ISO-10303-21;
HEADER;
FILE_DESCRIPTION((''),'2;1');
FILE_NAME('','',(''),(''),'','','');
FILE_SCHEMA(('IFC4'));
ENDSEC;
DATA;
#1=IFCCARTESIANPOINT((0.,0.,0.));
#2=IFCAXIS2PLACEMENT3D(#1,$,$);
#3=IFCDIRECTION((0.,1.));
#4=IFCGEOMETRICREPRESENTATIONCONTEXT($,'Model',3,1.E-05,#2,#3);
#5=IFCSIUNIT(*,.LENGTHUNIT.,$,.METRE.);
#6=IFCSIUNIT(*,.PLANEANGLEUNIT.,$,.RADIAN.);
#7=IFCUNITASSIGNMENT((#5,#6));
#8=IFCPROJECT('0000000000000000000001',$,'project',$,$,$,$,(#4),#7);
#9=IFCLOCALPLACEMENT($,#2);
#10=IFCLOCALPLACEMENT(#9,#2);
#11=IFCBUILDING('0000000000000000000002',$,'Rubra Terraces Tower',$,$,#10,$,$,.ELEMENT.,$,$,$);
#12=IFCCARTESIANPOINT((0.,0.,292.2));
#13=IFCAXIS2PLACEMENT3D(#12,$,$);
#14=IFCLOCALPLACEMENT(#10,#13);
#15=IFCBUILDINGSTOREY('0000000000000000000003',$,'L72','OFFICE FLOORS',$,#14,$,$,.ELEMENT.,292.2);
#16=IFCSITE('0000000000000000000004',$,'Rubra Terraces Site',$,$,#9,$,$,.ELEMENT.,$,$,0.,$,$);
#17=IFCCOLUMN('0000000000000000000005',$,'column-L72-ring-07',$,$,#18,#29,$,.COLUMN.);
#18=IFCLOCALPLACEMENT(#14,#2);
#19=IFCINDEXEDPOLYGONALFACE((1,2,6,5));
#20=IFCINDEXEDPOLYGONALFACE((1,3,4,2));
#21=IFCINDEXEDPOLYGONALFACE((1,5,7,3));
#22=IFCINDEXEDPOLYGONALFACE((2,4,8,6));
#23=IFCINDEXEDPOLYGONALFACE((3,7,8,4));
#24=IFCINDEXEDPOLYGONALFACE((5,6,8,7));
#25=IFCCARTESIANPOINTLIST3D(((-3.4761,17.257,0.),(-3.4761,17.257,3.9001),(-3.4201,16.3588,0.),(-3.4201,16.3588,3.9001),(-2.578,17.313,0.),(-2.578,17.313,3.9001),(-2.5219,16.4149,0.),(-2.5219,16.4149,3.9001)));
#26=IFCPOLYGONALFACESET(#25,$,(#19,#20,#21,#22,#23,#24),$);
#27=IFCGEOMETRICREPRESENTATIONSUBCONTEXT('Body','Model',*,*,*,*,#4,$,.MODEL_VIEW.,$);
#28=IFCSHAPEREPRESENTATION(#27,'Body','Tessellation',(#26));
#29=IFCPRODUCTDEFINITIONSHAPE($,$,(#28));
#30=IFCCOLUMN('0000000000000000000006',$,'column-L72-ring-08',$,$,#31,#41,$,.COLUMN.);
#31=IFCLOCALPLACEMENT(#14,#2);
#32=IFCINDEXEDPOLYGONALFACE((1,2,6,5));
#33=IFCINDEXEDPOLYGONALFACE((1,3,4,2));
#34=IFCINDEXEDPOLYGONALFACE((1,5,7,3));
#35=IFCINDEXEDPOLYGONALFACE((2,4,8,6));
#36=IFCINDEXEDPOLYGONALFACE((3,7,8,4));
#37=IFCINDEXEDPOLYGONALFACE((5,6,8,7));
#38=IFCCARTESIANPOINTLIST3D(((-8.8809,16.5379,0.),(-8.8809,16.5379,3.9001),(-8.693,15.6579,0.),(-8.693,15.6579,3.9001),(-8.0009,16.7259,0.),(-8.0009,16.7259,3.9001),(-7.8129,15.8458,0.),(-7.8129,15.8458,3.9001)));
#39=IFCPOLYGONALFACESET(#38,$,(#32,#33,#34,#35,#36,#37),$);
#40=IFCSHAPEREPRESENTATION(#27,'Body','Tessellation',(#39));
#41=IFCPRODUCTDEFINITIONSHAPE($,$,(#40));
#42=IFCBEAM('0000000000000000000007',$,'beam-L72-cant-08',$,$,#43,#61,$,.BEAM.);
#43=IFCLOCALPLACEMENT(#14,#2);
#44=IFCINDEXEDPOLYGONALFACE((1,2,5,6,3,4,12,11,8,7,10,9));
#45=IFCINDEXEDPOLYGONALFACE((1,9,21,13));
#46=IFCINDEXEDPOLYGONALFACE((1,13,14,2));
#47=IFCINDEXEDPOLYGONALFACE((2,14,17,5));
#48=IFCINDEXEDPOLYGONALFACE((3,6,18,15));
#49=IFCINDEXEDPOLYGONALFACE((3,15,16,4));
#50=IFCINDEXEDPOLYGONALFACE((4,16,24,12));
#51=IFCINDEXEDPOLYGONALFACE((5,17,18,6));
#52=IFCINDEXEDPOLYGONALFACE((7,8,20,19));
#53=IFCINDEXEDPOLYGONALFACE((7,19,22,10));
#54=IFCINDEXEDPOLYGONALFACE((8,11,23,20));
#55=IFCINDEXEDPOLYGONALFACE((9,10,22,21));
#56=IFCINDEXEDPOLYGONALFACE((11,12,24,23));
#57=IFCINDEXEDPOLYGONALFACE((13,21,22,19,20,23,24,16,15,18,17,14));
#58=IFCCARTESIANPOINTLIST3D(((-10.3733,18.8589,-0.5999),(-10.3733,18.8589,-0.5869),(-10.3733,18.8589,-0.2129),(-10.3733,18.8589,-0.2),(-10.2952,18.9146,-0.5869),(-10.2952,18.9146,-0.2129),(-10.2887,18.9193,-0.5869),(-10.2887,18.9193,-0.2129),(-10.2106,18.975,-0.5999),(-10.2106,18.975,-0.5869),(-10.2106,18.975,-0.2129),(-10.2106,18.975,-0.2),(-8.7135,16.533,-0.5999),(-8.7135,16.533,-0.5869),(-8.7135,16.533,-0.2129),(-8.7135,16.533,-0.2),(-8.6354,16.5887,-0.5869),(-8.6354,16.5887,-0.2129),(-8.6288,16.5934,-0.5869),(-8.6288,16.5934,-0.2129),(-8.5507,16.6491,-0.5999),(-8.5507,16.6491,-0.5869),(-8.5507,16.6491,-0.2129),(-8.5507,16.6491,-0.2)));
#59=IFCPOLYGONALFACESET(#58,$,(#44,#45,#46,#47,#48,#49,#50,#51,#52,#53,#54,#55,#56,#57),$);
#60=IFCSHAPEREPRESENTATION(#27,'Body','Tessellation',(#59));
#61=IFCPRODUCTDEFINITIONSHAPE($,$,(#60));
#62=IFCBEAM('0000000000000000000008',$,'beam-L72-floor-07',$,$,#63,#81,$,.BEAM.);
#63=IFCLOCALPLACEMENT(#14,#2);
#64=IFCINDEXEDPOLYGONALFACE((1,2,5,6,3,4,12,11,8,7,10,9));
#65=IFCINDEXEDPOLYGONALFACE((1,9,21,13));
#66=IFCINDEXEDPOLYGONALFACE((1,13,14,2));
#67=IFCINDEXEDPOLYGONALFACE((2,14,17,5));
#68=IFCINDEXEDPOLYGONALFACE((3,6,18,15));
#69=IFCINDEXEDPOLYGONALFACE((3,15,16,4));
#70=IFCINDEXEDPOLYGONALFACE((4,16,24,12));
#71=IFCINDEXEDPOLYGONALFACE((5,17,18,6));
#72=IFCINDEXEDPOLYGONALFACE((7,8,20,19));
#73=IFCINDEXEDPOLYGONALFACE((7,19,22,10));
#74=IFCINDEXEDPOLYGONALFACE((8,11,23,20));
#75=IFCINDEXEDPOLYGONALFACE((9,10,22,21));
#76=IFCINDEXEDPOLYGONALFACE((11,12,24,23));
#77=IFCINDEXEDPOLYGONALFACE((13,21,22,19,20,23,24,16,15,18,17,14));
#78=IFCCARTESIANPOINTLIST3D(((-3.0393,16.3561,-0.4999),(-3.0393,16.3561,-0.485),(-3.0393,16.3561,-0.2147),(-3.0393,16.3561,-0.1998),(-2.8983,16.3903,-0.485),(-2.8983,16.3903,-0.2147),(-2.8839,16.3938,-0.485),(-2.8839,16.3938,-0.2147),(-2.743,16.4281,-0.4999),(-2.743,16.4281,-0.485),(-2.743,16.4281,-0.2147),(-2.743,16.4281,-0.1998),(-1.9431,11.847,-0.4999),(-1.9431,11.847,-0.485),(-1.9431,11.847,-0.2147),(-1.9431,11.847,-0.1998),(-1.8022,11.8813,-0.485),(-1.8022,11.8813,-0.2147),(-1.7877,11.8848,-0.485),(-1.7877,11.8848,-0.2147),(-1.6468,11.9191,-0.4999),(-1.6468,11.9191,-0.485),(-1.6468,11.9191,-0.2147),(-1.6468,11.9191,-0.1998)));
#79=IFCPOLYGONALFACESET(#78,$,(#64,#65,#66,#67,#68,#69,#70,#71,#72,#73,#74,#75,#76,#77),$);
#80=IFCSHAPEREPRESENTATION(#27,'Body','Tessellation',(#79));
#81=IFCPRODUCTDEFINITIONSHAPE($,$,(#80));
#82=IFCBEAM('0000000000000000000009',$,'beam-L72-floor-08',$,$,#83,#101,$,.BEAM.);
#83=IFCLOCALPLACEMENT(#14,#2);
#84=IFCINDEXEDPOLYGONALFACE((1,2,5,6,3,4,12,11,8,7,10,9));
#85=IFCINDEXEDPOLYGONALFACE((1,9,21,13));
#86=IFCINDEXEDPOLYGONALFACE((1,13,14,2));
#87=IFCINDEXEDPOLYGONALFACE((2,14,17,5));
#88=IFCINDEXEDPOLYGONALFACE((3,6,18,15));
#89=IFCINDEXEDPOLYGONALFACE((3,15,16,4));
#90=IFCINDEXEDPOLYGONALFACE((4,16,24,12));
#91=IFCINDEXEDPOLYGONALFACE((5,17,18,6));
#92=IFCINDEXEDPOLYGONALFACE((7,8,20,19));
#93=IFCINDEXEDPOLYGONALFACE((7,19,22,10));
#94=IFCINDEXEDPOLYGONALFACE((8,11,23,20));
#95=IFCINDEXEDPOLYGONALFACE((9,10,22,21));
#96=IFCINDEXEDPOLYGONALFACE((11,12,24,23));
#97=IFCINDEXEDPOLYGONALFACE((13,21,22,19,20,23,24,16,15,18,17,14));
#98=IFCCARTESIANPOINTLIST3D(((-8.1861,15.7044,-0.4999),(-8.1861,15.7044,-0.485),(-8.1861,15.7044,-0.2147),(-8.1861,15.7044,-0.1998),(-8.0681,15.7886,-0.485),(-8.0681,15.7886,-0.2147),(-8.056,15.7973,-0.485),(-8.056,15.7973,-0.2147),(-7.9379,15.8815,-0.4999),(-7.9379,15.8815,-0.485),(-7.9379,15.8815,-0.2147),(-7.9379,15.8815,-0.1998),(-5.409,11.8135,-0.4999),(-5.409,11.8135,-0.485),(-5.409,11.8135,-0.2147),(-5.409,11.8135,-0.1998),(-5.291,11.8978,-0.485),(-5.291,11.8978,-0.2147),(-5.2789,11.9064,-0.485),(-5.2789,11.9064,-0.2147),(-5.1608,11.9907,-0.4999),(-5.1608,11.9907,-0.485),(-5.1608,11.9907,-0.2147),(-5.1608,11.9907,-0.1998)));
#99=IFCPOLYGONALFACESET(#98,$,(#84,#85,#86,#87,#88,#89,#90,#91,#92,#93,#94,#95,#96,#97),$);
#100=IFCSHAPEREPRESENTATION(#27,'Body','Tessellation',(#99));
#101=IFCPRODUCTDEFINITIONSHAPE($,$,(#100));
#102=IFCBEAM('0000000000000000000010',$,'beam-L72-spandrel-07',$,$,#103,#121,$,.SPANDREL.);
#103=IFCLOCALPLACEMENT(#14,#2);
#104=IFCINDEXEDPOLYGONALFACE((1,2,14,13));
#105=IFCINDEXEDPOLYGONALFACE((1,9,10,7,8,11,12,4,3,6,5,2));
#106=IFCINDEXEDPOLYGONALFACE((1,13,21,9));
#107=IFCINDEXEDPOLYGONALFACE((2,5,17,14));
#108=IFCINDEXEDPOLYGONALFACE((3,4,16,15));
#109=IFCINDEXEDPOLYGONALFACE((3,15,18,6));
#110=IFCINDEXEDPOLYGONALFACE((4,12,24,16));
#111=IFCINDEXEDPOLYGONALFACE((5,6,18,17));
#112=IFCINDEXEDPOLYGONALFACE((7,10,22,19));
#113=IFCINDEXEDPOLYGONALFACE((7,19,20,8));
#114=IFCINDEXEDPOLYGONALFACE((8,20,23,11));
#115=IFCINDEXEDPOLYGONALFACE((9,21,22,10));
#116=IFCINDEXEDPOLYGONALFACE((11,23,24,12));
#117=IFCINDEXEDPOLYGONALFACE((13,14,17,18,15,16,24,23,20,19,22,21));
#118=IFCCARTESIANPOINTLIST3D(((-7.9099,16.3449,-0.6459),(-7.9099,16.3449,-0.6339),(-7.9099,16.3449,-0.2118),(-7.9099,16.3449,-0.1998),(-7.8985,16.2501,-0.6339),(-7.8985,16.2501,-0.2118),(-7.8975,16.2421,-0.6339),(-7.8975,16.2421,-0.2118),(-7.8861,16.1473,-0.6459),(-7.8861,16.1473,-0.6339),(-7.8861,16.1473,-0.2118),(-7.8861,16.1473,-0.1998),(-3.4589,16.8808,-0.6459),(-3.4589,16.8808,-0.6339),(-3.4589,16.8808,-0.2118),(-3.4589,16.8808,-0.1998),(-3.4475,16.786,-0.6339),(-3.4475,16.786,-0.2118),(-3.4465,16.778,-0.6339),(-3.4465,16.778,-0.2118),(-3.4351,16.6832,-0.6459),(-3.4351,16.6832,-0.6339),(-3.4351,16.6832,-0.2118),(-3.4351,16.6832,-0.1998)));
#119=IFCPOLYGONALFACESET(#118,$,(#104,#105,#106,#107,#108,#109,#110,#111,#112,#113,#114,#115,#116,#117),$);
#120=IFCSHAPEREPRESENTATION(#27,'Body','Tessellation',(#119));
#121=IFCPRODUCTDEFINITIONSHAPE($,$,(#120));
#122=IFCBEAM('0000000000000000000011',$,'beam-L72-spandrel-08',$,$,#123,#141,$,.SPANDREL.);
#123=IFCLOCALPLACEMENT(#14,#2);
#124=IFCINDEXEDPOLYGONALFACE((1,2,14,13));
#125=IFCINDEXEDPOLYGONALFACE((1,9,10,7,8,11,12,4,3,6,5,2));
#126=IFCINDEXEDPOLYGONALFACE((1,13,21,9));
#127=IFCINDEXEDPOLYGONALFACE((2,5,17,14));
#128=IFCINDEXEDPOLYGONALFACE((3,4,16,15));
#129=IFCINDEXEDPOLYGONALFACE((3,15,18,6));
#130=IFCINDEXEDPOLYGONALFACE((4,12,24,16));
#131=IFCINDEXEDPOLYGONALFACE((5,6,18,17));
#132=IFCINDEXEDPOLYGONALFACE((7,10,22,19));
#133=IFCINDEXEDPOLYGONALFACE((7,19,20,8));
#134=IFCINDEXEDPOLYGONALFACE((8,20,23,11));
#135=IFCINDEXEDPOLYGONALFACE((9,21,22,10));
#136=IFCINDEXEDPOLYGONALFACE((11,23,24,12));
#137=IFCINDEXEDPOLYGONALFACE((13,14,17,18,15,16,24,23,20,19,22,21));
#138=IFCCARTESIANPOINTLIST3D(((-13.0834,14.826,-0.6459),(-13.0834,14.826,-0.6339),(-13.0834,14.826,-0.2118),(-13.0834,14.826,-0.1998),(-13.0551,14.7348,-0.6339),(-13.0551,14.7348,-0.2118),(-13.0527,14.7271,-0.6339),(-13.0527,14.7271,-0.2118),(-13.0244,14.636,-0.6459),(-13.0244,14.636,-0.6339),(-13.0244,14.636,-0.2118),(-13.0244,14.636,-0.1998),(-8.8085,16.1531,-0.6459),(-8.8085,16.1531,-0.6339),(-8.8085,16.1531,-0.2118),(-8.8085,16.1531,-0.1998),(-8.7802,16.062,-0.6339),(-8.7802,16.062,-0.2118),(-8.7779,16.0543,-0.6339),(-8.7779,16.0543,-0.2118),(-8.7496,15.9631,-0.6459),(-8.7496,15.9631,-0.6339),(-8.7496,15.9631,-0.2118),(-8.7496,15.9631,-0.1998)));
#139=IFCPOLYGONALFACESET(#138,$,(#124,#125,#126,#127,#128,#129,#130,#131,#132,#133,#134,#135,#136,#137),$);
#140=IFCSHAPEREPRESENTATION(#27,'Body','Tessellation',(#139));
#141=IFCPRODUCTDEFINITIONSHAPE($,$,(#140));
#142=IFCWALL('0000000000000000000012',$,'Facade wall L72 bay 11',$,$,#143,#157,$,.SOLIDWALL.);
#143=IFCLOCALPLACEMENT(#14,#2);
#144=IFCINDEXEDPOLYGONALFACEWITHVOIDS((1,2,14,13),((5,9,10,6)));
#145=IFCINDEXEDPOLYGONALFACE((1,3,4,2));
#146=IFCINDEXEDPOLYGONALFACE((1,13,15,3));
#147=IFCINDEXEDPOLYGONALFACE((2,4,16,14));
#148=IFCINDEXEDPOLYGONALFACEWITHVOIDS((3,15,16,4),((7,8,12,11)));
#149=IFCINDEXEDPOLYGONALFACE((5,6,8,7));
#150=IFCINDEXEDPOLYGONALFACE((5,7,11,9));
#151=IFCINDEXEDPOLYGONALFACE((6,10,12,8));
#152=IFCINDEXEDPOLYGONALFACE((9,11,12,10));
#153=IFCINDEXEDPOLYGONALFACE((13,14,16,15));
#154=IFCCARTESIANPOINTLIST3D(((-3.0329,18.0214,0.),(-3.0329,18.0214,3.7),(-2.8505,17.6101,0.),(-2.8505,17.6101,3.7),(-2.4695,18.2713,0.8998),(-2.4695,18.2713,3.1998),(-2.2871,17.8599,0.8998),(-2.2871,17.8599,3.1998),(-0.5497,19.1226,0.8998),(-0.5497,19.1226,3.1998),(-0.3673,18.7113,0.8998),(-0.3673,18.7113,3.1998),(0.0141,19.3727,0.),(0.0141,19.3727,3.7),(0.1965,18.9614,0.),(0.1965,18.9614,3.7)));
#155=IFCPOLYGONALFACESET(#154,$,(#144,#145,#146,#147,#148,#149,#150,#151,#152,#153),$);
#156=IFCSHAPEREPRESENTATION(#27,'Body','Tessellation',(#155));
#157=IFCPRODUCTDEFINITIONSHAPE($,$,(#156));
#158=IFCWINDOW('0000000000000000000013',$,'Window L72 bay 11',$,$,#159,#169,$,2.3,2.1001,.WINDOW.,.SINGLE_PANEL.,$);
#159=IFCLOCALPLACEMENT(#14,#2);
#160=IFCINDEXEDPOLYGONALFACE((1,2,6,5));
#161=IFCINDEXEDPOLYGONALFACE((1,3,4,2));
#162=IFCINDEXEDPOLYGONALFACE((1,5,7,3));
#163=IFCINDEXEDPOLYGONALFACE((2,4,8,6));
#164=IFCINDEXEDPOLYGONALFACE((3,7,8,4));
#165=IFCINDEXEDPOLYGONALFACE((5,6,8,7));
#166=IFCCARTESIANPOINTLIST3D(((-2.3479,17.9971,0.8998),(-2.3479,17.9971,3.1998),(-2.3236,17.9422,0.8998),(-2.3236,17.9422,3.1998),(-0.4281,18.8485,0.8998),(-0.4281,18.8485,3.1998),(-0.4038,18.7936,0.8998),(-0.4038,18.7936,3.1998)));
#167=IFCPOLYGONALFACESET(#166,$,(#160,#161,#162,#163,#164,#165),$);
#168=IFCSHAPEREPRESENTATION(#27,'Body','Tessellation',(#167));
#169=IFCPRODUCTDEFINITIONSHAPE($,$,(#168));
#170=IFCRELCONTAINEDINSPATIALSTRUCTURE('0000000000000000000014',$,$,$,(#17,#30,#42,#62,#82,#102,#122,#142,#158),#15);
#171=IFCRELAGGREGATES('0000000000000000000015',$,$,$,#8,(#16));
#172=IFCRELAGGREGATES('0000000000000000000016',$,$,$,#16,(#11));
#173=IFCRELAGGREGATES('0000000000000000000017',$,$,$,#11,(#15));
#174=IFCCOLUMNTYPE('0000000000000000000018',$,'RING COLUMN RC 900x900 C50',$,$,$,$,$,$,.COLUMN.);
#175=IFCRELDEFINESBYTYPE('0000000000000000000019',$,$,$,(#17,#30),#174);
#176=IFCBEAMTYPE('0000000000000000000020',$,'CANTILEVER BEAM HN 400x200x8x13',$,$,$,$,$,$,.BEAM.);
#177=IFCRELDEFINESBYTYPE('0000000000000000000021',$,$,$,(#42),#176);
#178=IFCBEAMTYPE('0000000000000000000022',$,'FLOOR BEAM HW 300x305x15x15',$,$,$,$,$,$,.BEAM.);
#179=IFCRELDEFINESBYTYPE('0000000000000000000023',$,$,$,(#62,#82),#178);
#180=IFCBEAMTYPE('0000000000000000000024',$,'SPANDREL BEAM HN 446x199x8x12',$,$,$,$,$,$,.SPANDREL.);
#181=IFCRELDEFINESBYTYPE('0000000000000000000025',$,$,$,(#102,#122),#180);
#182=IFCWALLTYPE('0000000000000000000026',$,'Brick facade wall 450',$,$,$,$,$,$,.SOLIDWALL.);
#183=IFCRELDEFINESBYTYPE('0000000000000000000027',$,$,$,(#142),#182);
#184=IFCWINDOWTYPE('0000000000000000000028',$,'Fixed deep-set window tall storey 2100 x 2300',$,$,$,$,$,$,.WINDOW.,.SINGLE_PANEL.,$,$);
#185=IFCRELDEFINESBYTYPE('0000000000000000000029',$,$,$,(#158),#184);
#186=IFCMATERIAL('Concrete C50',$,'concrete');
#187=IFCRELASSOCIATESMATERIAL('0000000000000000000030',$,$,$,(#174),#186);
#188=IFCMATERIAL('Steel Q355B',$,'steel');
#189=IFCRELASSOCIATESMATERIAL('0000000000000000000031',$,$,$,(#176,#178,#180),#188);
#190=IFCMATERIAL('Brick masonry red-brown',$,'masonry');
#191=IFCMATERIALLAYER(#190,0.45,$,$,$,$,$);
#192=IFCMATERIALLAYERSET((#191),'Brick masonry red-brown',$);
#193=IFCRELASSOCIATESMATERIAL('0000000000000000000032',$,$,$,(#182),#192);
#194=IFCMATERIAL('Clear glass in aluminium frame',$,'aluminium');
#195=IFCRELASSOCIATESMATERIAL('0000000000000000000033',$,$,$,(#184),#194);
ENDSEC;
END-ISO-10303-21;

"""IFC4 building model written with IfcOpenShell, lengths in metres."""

from ifc_helpers import new_model, si_unit, direction, frame, frame_2d, origin, origin_2d, place, context, subcontext, project, spatial, rectangle, i_section, extrude, material, layer, layer_set, material_profile, profile_set, type_object, element, fill, save


model = new_model("IFC4")

# Units and contexts
model_context = context("Model", 3, precision=1e-05, world=origin(), true_north=direction((0.0, 1.0)))
body_context = subcontext(model_context, "Body", "Model", "MODEL_VIEW")
ifc_project = project(units=[si_unit("LENGTHUNIT", "METRE"), si_unit("PLANEANGLEUNIT", "RADIAN")], contexts=[model_context])

# Site, building, storey
site_placement = place(None, origin())
site = spatial("IfcSite", under=ifc_project, at=site_placement, Name="Rubra Terraces Site", CompositionType="ELEMENT", RefElevation=0.0)
building_placement = place(site_placement, origin())
building = spatial("IfcBuilding", under=site, at=building_placement, Name="Rubra Terraces Tower", CompositionType="ELEMENT")
storey_placement = place(building_placement, frame((0.0, 0.0, 292.2)))
storey = spatial("IfcBuildingStorey", under=building, at=storey_placement, Name="L72", Description="OFFICE FLOORS", CompositionType="ELEMENT", Elevation=292.2)

# Columns
ifc_material_1 = material(Name="Concrete C50", Category="concrete")
ifc_material_profile_1 = material_profile(ifc_material_1, rectangle(XDim=0.8999, YDim=0.8999, at=origin_2d()), Name="RC 900x900")
ifc_profile_set_1 = profile_set([ifc_material_profile_1], Name="Concrete C50")
column_type = type_object("IfcColumnType", Name="RING COLUMN RC 900x900 C50", PredefinedType="COLUMN", material=ifc_profile_set_1)
for number, where, z_axis, x_axis, name in (
    (1, (-2.999, 16.8359, 0.0), (0.0, 0.0, 1.0), (-0.998059, -0.062268, 0.0), "column-L72-ring-07"),
    (2, (-8.3469, 16.1919, 0.0), (0.0, 0.0, 1.0), (-0.977944, -0.208867, 0.0), "column-L72-ring-08"),
):
    element("IfcColumn", number, at=place(storey_placement, frame(where, z_axis=z_axis, x_axis=x_axis)), inside=storey, type_object=column_type, Name=name, PredefinedType="COLUMN", context=body_context, shape_type="SweptSolid", body=[
        extrude(rectangle(XDim=0.8999, YDim=0.8999, at=origin_2d()), origin(), (0.0, 0.0, 1.0), 3.9001),
    ])

# Beams
ifc_material_2 = material(Name="Steel Q355B", Category="steel")
ifc_material_profile_2 = material_profile(ifc_material_2, i_section(OverallWidth=0.2, OverallDepth=0.3999, WebThickness=0.0081, FlangeThickness=0.0129, at=origin_2d()), Name="HN 400x200x8x13")
ifc_profile_set_2 = profile_set([ifc_material_profile_2], Name="Steel Q355B")
beam_type_1 = type_object("IfcBeamType", Name="CANTILEVER BEAM HN 400x200x8x13", PredefinedType="BEAM", material=ifc_profile_set_2)
beam_1_placement = place(storey_placement, frame((-8.6321, 16.5911, -0.3999), z_axis=(-0.580899, 0.813976, 0.0), x_axis=(-0.813976, -0.580899, 0.0)))
element("IfcBeam", 3, at=beam_1_placement, inside=storey, type_object=beam_type_1, Name="beam-L72-cant-08", PredefinedType="BEAM", context=body_context, shape_type="SweptSolid", body=[
    extrude(i_section(OverallWidth=0.2, OverallDepth=0.3999, WebThickness=0.0081, FlangeThickness=0.0129, at=origin_2d()), origin(), (0.0, 0.0, 1.0), 2.8574),
])
ifc_material_profile_3 = material_profile(ifc_material_2, i_section(OverallWidth=0.3049, OverallDepth=0.3, WebThickness=0.0149, FlangeThickness=0.0149, at=origin_2d()), Name="HW 300x305x15x15")
ifc_profile_set_3 = profile_set([ifc_material_profile_3], Name="Steel Q355B")
beam_type_2 = type_object("IfcBeamType", Name="FLOOR BEAM HW 300x305x15x15", PredefinedType="BEAM", material=ifc_profile_set_3)
beam_2_placement = place(storey_placement, frame((-2.8911, 16.3921, -0.3499), z_axis=(0.236229, -0.971697, 0.0), x_axis=(0.971697, 0.236229, 0.0)))
element("IfcBeam", 4, at=beam_2_placement, inside=storey, type_object=beam_type_2, Name="beam-L72-floor-07", PredefinedType="BEAM", context=body_context, shape_type="SweptSolid", body=[
    extrude(i_section(OverallWidth=0.3049, OverallDepth=0.3, WebThickness=0.0149, FlangeThickness=0.0149, at=origin_2d()), origin(), (0.0, 0.0, 1.0), 4.6404),
])
beam_3_placement = place(storey_placement, frame((-8.062, 15.793, -0.3499), z_axis=(0.580948, -0.81394, 0.0), x_axis=(0.81394, 0.580948, 0.0)))
element("IfcBeam", 5, at=beam_3_placement, inside=storey, type_object=beam_type_2, Name="beam-L72-floor-08", PredefinedType="BEAM", context=body_context, shape_type="SweptSolid", body=[
    extrude(i_section(OverallWidth=0.3049, OverallDepth=0.3, WebThickness=0.0149, FlangeThickness=0.0149, at=origin_2d()), origin(), (0.0, 0.0, 1.0), 4.7803),
])
ifc_material_profile_4 = material_profile(ifc_material_2, i_section(OverallWidth=0.199, OverallDepth=0.446, WebThickness=0.0081, FlangeThickness=0.012, at=origin_2d()), Name="HN 446x199x8x12")
ifc_profile_set_4 = profile_set([ifc_material_profile_4], Name="Steel Q355B")
beam_type_3 = type_object("IfcBeamType", Name="SPANDREL BEAM HN 446x199x8x12", PredefinedType="SPANDREL", material=ifc_profile_set_4)
beam_4_placement = place(storey_placement, frame((-3.447, 16.782, -0.4229), z_axis=(-0.99283, -0.119536, 0.0), x_axis=(0.119536, -0.99283, 0.0)))
element("IfcBeam", 6, at=beam_4_placement, inside=storey, type_object=beam_type_3, Name="beam-L72-spandrel-07", PredefinedType="SPANDREL", context=body_context, shape_type="SweptSolid", body=[
    extrude(i_section(OverallWidth=0.199, OverallDepth=0.446, WebThickness=0.0081, FlangeThickness=0.012, at=origin_2d()), origin(), (0.0, 0.0, 1.0), 4.4832),
])
beam_5_placement = place(storey_placement, frame((-8.7791, 16.0581, -0.4229), z_axis=(-0.955035, -0.296492, 0.0), x_axis=(0.296492, -0.955035, 0.0)))
element("IfcBeam", 7, at=beam_5_placement, inside=storey, type_object=beam_type_3, Name="beam-L72-spandrel-08", PredefinedType="SPANDREL", context=body_context, shape_type="SweptSolid", body=[
    extrude(i_section(OverallWidth=0.199, OverallDepth=0.446, WebThickness=0.0081, FlangeThickness=0.012, at=origin_2d()), origin(), (0.0, 0.0, 1.0), 4.4761),
])

# Wall, opening, window
ifc_material_3 = material(Name="Brick masonry red-brown", Category="masonry")
ifc_layer_1 = layer(ifc_material_3, 0.45)
ifc_layer_set_1 = layer_set([ifc_layer_1], Name="Brick masonry red-brown")
wall_type_1 = type_object("IfcWallType", Name="Brick facade wall 450", PredefinedType="SOLIDWALL", material=ifc_layer_set_1)
wall_1_placement = place(storey_placement, frame((0.1052, 19.167, 0.0), z_axis=(0.0, 0.0, 1.0), x_axis=(-0.91414, -0.405398, 0.0)))
wall_1 = element("IfcWall", 8, at=wall_1_placement, inside=storey, type_object=wall_type_1, Name="Facade wall L72 bay 11", PredefinedType="SOLIDWALL", context=body_context, shape_type="SweptSolid", body=[
    extrude(rectangle(XDim=3.3333, YDim=0.45, at=frame_2d((1.6665, 0.0))), origin(), (0.0, 0.0, 1.0), 3.7),
])
opening_1_placement = place(wall_1_placement, frame((0.6167, 0.0, 0.8999)))
opening_1 = element("IfcOpeningElement", 9, at=opening_1_placement, cuts=wall_1, PredefinedType="OPENING", context=body_context, shape_type="SweptSolid", body=[
    extrude(rectangle(XDim=2.1001, YDim=2.3, at=frame_2d((1.05, 1.1499))), frame((0.0, 0.2349, 0.0), z_axis=(0.0, -1.0, 0.0), x_axis=(1.0, 0.0, 0.0)), (0.0, 0.0, 1.0), 0.47),
])
ifc_material_4 = material(Name="Clear glass in aluminium frame", Category="aluminium")
window_type_1 = type_object("IfcWindowType", Name="Fixed deep-set window tall storey 2100 x 2300", PartitioningType="SINGLE_PANEL", PredefinedType="WINDOW", material=ifc_material_4)
window_1_placement = place(opening_1_placement, origin())
window_1 = element("IfcWindow", 10, at=window_1_placement, inside=storey, type_object=window_type_1, Name="Window L72 bay 11", OverallHeight=2.3, OverallWidth=2.1001, PartitioningType="SINGLE_PANEL", PredefinedType="WINDOW", context=body_context, shape_type="SweptSolid", body=[
    extrude(rectangle(XDim=2.1001, YDim=2.3, at=frame_2d((1.05, 1.1499))), frame((0.0, 0.135, 0.0), z_axis=(0.0, -1.0, 0.0), x_axis=(1.0, 0.0, 0.0)), (0.0, 0.0, 1.0), 0.0601),
])
fill(opening_1, window_1)

save(model, "model.ifc")
